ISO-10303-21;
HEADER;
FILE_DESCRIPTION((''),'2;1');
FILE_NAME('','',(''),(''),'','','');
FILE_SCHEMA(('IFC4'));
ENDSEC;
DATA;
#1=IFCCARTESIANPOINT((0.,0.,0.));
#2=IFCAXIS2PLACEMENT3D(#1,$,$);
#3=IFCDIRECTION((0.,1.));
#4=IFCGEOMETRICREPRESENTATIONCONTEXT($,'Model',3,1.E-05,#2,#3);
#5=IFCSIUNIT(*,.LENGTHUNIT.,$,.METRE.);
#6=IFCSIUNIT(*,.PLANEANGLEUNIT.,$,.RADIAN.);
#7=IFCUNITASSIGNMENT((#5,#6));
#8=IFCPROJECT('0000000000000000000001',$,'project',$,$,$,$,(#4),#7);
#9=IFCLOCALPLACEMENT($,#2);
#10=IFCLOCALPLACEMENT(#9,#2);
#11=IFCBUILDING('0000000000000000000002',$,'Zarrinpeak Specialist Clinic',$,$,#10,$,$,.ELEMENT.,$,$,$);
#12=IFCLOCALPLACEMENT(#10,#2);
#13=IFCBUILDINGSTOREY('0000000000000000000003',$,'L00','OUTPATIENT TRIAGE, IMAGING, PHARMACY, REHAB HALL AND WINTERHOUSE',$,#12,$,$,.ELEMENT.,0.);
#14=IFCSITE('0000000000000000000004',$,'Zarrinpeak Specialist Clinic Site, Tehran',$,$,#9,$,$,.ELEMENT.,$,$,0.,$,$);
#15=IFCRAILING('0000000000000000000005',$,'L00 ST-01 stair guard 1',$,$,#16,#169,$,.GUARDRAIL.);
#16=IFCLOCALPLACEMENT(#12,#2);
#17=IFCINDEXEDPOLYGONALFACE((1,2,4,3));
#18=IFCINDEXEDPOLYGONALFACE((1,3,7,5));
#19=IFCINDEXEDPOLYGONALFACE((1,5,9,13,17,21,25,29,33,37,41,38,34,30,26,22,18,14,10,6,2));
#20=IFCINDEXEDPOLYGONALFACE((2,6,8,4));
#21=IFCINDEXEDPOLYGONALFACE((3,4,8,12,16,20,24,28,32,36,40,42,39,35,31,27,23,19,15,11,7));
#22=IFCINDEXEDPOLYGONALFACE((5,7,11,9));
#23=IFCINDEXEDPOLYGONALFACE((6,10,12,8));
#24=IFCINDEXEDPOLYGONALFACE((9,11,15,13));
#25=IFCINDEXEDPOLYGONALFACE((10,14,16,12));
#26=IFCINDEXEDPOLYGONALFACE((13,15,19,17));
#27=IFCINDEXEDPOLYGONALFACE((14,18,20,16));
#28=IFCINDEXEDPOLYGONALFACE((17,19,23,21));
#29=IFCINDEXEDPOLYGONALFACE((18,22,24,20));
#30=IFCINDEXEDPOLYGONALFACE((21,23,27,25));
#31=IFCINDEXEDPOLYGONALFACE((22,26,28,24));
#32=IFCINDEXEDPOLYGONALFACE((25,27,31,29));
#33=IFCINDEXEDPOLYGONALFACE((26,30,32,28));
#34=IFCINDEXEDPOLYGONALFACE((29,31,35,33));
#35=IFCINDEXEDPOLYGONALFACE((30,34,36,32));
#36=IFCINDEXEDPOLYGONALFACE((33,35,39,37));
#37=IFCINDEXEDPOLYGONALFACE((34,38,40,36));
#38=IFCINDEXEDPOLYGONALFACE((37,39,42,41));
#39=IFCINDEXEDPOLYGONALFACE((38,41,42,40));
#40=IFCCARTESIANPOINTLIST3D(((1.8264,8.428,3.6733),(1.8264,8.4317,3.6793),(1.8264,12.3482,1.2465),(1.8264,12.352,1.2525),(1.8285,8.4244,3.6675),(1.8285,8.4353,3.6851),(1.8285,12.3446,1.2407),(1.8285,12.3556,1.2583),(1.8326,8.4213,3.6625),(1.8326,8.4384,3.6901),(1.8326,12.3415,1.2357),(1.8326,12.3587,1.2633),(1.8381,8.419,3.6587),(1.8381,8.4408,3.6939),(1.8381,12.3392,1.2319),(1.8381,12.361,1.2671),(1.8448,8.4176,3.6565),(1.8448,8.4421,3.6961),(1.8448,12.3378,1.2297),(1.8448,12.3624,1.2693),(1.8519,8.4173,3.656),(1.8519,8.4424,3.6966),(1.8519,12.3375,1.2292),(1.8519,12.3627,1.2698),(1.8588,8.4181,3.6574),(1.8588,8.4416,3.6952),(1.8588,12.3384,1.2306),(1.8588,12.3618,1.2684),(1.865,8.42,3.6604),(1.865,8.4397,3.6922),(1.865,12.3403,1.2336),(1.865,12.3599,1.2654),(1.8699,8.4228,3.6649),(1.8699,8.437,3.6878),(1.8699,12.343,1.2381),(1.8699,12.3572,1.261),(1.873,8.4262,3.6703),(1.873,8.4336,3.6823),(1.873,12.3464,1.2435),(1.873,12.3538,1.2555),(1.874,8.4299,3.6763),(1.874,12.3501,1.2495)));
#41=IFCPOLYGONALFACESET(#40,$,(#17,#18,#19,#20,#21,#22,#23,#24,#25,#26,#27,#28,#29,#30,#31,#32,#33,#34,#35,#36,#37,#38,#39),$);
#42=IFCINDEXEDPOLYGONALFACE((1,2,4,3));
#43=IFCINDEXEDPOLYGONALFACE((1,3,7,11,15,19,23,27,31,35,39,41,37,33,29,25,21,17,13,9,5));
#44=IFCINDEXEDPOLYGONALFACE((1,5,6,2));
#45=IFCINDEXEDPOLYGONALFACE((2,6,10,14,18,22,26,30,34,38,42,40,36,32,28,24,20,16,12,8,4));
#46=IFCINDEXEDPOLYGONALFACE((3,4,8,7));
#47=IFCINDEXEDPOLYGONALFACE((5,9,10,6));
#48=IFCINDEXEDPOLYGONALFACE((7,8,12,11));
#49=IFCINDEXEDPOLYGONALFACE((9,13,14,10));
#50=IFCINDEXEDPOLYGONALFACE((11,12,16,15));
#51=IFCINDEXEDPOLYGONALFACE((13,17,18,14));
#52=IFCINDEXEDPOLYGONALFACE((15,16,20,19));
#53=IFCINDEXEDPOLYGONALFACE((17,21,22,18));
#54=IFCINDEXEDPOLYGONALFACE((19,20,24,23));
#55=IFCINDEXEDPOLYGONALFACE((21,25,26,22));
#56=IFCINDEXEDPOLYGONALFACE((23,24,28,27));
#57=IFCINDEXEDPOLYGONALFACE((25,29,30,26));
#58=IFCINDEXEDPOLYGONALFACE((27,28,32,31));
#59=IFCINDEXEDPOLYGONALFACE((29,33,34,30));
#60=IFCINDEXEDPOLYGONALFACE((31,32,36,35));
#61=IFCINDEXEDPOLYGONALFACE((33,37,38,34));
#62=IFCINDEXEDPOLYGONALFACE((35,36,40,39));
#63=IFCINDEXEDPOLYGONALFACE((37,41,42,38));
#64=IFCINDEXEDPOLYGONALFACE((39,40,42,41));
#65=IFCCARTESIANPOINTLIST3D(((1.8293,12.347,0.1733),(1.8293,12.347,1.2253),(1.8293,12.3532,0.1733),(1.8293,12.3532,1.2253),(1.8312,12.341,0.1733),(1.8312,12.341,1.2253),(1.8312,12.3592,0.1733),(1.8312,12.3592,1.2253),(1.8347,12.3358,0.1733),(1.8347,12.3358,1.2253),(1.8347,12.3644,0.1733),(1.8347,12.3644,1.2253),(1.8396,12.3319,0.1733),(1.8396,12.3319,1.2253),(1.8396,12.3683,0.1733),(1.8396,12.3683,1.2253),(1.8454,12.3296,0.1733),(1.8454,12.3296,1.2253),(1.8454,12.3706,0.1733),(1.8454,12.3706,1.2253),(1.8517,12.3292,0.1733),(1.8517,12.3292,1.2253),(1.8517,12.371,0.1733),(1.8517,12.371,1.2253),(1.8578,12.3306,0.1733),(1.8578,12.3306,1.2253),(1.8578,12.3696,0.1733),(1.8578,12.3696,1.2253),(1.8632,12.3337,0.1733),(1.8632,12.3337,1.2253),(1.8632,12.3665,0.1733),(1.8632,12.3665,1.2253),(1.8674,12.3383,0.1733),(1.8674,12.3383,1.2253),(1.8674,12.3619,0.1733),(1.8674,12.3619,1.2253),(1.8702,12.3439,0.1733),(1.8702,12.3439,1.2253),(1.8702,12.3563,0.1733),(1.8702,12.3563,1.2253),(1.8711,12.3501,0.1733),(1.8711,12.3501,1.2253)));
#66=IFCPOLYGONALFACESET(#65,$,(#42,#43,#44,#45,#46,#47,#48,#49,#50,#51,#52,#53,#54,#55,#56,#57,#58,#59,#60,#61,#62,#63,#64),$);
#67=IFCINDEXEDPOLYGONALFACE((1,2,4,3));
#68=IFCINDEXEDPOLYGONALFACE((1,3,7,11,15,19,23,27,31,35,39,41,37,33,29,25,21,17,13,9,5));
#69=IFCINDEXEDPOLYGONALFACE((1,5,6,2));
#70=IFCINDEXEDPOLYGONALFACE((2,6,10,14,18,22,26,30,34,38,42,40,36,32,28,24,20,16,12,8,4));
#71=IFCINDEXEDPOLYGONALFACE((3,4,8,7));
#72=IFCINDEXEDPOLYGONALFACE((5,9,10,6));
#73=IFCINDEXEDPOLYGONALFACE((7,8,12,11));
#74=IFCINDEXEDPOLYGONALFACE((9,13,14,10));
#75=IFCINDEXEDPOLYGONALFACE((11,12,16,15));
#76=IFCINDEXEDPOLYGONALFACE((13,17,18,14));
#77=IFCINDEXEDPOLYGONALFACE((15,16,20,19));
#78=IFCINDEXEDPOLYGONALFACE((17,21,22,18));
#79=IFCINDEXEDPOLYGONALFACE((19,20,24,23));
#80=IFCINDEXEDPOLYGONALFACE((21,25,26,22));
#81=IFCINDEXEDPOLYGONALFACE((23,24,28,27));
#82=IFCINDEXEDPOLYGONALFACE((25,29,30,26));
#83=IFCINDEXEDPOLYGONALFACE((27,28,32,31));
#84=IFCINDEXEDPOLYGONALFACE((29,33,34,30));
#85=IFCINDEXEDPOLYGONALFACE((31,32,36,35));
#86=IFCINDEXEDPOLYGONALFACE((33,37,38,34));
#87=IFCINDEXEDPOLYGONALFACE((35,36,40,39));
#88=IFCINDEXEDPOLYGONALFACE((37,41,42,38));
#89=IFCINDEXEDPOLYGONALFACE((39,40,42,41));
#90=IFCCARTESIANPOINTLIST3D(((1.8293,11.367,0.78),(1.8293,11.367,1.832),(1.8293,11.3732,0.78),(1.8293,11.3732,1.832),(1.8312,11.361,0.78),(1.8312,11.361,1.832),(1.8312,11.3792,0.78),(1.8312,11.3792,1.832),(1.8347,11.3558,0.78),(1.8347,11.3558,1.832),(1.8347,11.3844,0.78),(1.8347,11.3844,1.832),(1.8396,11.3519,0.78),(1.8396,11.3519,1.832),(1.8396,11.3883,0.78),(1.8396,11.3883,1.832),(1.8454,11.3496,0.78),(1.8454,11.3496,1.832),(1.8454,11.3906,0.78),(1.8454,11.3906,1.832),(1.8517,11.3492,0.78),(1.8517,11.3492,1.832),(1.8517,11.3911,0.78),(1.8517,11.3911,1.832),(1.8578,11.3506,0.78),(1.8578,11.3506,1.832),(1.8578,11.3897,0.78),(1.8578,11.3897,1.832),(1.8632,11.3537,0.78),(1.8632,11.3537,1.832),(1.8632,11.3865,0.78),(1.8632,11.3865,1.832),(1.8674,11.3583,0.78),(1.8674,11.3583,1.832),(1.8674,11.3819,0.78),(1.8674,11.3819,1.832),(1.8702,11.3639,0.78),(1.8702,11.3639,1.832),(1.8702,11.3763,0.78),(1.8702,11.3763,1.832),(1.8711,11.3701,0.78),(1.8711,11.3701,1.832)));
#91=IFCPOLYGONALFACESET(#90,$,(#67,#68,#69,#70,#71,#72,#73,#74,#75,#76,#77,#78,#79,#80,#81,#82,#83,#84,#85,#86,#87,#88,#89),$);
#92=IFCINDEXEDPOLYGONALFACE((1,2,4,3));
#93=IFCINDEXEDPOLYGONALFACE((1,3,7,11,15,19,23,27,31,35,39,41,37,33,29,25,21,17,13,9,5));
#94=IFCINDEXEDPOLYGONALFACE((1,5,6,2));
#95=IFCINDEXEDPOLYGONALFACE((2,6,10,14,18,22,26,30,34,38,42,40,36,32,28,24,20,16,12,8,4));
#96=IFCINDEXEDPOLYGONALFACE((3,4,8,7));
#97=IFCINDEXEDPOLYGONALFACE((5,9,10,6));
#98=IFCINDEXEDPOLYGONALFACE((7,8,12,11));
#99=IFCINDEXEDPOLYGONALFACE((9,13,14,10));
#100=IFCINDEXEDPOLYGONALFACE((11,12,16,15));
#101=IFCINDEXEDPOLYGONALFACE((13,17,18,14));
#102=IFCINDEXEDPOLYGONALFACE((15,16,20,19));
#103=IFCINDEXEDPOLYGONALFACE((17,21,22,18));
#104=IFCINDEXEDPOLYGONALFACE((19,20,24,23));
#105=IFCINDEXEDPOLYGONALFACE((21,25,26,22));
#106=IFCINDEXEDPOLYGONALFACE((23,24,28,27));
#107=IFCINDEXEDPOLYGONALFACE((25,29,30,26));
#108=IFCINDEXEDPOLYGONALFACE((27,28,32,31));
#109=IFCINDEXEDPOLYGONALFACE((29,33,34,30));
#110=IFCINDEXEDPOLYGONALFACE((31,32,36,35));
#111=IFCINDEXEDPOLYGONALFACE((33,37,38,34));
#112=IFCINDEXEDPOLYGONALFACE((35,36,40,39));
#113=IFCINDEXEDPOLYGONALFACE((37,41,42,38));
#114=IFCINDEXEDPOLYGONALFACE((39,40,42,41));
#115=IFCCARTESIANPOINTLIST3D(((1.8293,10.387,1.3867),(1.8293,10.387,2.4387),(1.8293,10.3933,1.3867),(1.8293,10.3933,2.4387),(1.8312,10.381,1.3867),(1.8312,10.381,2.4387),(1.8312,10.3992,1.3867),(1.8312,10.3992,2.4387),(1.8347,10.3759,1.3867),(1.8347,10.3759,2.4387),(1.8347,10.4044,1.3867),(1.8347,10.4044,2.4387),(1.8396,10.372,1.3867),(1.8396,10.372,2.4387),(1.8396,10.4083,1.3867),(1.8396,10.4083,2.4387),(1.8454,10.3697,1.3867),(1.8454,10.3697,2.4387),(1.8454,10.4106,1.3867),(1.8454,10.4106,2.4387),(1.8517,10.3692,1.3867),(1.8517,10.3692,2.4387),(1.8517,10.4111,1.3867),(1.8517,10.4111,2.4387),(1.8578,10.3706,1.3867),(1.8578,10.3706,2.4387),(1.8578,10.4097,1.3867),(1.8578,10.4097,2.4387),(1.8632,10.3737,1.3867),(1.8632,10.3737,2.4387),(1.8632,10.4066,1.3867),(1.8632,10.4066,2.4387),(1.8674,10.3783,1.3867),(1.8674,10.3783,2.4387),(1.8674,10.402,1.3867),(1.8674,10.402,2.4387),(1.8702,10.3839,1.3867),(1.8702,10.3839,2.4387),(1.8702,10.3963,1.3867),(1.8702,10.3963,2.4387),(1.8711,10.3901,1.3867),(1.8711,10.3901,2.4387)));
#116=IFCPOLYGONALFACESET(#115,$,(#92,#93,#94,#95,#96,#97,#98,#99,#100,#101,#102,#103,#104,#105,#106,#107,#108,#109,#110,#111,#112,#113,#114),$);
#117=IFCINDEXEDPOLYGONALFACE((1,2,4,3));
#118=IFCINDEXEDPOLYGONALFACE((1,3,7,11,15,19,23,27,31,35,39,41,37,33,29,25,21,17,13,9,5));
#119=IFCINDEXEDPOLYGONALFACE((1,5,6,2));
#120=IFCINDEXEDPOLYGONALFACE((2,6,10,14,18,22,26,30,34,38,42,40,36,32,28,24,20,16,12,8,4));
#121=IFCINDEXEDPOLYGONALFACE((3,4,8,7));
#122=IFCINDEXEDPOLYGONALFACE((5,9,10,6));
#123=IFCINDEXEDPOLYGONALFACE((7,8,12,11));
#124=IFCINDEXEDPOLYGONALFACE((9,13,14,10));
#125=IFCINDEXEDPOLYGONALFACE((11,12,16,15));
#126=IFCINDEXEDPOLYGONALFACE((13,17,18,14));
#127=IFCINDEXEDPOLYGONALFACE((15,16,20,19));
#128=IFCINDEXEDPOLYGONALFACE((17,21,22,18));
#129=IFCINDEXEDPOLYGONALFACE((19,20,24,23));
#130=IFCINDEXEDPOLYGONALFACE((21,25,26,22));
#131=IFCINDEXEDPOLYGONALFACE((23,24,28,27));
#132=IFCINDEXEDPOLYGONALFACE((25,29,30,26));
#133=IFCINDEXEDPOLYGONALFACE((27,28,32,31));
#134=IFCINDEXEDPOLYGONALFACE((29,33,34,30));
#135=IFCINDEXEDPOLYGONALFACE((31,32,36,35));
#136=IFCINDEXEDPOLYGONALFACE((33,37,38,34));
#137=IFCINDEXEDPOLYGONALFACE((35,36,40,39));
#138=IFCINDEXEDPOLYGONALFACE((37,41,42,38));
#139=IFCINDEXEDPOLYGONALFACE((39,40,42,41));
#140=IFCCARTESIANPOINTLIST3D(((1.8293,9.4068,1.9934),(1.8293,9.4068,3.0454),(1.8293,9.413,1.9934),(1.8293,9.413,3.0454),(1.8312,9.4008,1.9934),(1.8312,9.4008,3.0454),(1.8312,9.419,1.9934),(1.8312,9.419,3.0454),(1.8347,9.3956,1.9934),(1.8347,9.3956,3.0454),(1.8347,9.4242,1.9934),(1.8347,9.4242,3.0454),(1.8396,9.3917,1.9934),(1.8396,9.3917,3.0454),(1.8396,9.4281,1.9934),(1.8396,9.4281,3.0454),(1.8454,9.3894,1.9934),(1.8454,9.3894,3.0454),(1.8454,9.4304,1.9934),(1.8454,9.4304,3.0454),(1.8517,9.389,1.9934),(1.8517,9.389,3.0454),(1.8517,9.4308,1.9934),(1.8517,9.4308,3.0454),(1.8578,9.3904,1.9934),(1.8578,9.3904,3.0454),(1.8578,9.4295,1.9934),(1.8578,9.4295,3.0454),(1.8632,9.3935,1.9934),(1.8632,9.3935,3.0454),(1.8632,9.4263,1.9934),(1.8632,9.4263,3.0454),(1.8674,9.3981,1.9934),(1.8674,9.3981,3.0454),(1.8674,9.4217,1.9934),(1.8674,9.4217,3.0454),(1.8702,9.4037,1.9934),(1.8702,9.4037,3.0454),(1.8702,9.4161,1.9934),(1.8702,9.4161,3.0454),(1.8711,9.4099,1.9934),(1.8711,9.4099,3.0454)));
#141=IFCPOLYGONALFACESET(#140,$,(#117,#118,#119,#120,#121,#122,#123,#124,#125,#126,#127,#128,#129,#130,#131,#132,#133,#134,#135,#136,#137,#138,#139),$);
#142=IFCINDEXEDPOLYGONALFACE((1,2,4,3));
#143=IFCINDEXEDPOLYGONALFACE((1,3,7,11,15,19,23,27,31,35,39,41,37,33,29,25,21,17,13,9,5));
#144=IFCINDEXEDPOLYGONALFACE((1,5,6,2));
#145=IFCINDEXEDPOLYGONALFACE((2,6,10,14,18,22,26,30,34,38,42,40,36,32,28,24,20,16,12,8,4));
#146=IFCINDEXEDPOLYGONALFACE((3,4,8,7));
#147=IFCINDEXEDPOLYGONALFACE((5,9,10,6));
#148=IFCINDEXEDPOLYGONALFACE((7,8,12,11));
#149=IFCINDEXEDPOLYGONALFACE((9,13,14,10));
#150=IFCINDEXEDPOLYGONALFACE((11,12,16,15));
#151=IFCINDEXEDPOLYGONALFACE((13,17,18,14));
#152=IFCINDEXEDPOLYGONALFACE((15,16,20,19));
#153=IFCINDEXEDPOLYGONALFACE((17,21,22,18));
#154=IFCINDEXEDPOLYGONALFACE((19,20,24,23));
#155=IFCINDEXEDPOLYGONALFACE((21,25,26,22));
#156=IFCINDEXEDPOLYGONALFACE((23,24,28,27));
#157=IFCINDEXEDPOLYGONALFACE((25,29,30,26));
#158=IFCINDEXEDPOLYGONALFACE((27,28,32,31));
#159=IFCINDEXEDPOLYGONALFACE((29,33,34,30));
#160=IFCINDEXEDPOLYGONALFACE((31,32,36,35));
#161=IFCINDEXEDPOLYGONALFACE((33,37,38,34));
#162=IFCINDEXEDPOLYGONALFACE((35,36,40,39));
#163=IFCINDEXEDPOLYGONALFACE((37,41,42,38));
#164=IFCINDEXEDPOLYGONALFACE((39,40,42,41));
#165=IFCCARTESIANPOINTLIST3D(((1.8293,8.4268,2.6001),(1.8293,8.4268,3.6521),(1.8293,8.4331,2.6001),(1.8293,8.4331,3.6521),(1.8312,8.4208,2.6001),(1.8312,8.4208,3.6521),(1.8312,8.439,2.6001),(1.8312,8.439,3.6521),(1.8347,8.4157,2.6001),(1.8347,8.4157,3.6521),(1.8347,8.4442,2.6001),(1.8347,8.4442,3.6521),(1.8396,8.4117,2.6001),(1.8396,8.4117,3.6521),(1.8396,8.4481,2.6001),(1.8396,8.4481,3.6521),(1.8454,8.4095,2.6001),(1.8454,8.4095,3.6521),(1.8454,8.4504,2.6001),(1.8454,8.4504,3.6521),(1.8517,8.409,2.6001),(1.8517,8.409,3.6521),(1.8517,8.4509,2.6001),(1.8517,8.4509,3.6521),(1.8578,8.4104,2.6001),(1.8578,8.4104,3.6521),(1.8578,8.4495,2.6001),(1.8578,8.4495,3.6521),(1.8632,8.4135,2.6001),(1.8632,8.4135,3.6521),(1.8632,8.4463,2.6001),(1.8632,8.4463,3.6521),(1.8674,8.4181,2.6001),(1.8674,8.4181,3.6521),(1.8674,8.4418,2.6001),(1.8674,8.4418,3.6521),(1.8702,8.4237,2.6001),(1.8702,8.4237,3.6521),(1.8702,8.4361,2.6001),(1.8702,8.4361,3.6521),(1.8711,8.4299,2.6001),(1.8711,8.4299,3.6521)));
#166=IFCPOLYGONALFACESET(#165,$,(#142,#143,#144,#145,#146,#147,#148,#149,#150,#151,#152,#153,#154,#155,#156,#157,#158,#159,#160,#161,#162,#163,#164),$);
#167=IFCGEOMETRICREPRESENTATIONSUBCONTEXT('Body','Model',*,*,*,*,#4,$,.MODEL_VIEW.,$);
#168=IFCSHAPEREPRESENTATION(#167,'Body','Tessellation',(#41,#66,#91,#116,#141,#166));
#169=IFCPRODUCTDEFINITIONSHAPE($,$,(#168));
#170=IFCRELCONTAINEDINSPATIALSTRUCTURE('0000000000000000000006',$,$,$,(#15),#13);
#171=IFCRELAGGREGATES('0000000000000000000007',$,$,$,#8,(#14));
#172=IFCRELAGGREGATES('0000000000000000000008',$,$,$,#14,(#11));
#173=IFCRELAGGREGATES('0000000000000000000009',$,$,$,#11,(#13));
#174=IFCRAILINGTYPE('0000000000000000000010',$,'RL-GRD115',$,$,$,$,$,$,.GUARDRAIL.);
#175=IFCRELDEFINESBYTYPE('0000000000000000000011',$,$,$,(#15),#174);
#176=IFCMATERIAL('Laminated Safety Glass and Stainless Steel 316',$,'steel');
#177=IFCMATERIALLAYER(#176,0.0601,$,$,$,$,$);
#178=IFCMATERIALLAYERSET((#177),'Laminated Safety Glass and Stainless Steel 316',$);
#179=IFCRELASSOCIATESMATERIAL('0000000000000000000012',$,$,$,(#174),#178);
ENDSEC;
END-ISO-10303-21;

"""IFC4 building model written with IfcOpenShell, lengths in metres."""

from ifc_helpers import new_model, si_unit, direction, frame, origin, origin_2d, place, context, subcontext, project, spatial, circle, extrude, material, layer, layer_set, type_object, element, save


model = new_model("IFC4")

# Units and contexts
model_context = context("Model", 3, precision=1e-05, world=origin(), true_north=direction((0.0, 1.0)))
body_context = subcontext(model_context, "Body", "Model", "MODEL_VIEW")
ifc_project = project(units=[si_unit("LENGTHUNIT", "METRE"), si_unit("PLANEANGLEUNIT", "RADIAN")], contexts=[model_context])

# Site, building, storey
site_placement = place(None, origin())
site = spatial("IfcSite", under=ifc_project, at=site_placement, Name="Zarrinpeak Specialist Clinic Site, Tehran", CompositionType="ELEMENT", RefElevation=0.0)
building_placement = place(site_placement, origin())
building = spatial("IfcBuilding", under=site, at=building_placement, Name="Zarrinpeak Specialist Clinic", CompositionType="ELEMENT")
storey_placement = place(building_placement, origin())
storey = spatial("IfcBuildingStorey", under=building, at=storey_placement, Name="L00", Description="OUTPATIENT TRIAGE, IMAGING, PHARMACY, REHAB HALL AND WINTERHOUSE", CompositionType="ELEMENT", Elevation=0.0)

# Railing
ifc_material_1 = material(Name="Laminated Safety Glass and Stainless Steel 316", Category="steel")
ifc_layer_1 = layer(ifc_material_1, 0.0601)
ifc_layer_set_1 = layer_set([ifc_layer_1], Name="Laminated Safety Glass and Stainless Steel 316")
railing_type_1 = type_object("IfcRailingType", Name="RL-GRD115", PredefinedType="GUARDRAIL", material=ifc_layer_set_1)
railing_1_placement = place(storey_placement, frame((1.8501, 12.3501, 0.1733)))
element("IfcRailing", 1, at=railing_1_placement, inside=storey, type_object=railing_type_1, Name="L00 ST-01 stair guard 1", PredefinedType="GUARDRAIL", context=body_context, shape_type="SweptSolid", body=[
    extrude(circle(Radius=0.0239, at=origin_2d()), frame((0.0, 0.0, 1.0762), z_axis=(0.0, -0.850266, 0.526353), x_axis=(1.0, 0.0, 0.0)), (0.0, 0.0, 1.0), 4.6106),
    extrude(circle(Radius=0.021, at=origin_2d()), origin(), (0.0, 0.0, 1.0), 1.052),
    extrude(circle(Radius=0.021, at=origin_2d()), frame((0.0, -0.98, 0.6067)), (0.0, 0.0, 1.0), 1.052),
    extrude(circle(Radius=0.021, at=origin_2d()), frame((0.0, -1.96, 1.2134)), (0.0, 0.0, 1.0), 1.052),
    extrude(circle(Radius=0.021, at=origin_2d()), frame((0.0, -2.9402, 1.8201)), (0.0, 0.0, 1.0), 1.052),
    extrude(circle(Radius=0.021, at=origin_2d()), frame((0.0, -3.9202, 2.4268)), (0.0, 0.0, 1.0), 1.052),
])

save(model, "model.ifc")
